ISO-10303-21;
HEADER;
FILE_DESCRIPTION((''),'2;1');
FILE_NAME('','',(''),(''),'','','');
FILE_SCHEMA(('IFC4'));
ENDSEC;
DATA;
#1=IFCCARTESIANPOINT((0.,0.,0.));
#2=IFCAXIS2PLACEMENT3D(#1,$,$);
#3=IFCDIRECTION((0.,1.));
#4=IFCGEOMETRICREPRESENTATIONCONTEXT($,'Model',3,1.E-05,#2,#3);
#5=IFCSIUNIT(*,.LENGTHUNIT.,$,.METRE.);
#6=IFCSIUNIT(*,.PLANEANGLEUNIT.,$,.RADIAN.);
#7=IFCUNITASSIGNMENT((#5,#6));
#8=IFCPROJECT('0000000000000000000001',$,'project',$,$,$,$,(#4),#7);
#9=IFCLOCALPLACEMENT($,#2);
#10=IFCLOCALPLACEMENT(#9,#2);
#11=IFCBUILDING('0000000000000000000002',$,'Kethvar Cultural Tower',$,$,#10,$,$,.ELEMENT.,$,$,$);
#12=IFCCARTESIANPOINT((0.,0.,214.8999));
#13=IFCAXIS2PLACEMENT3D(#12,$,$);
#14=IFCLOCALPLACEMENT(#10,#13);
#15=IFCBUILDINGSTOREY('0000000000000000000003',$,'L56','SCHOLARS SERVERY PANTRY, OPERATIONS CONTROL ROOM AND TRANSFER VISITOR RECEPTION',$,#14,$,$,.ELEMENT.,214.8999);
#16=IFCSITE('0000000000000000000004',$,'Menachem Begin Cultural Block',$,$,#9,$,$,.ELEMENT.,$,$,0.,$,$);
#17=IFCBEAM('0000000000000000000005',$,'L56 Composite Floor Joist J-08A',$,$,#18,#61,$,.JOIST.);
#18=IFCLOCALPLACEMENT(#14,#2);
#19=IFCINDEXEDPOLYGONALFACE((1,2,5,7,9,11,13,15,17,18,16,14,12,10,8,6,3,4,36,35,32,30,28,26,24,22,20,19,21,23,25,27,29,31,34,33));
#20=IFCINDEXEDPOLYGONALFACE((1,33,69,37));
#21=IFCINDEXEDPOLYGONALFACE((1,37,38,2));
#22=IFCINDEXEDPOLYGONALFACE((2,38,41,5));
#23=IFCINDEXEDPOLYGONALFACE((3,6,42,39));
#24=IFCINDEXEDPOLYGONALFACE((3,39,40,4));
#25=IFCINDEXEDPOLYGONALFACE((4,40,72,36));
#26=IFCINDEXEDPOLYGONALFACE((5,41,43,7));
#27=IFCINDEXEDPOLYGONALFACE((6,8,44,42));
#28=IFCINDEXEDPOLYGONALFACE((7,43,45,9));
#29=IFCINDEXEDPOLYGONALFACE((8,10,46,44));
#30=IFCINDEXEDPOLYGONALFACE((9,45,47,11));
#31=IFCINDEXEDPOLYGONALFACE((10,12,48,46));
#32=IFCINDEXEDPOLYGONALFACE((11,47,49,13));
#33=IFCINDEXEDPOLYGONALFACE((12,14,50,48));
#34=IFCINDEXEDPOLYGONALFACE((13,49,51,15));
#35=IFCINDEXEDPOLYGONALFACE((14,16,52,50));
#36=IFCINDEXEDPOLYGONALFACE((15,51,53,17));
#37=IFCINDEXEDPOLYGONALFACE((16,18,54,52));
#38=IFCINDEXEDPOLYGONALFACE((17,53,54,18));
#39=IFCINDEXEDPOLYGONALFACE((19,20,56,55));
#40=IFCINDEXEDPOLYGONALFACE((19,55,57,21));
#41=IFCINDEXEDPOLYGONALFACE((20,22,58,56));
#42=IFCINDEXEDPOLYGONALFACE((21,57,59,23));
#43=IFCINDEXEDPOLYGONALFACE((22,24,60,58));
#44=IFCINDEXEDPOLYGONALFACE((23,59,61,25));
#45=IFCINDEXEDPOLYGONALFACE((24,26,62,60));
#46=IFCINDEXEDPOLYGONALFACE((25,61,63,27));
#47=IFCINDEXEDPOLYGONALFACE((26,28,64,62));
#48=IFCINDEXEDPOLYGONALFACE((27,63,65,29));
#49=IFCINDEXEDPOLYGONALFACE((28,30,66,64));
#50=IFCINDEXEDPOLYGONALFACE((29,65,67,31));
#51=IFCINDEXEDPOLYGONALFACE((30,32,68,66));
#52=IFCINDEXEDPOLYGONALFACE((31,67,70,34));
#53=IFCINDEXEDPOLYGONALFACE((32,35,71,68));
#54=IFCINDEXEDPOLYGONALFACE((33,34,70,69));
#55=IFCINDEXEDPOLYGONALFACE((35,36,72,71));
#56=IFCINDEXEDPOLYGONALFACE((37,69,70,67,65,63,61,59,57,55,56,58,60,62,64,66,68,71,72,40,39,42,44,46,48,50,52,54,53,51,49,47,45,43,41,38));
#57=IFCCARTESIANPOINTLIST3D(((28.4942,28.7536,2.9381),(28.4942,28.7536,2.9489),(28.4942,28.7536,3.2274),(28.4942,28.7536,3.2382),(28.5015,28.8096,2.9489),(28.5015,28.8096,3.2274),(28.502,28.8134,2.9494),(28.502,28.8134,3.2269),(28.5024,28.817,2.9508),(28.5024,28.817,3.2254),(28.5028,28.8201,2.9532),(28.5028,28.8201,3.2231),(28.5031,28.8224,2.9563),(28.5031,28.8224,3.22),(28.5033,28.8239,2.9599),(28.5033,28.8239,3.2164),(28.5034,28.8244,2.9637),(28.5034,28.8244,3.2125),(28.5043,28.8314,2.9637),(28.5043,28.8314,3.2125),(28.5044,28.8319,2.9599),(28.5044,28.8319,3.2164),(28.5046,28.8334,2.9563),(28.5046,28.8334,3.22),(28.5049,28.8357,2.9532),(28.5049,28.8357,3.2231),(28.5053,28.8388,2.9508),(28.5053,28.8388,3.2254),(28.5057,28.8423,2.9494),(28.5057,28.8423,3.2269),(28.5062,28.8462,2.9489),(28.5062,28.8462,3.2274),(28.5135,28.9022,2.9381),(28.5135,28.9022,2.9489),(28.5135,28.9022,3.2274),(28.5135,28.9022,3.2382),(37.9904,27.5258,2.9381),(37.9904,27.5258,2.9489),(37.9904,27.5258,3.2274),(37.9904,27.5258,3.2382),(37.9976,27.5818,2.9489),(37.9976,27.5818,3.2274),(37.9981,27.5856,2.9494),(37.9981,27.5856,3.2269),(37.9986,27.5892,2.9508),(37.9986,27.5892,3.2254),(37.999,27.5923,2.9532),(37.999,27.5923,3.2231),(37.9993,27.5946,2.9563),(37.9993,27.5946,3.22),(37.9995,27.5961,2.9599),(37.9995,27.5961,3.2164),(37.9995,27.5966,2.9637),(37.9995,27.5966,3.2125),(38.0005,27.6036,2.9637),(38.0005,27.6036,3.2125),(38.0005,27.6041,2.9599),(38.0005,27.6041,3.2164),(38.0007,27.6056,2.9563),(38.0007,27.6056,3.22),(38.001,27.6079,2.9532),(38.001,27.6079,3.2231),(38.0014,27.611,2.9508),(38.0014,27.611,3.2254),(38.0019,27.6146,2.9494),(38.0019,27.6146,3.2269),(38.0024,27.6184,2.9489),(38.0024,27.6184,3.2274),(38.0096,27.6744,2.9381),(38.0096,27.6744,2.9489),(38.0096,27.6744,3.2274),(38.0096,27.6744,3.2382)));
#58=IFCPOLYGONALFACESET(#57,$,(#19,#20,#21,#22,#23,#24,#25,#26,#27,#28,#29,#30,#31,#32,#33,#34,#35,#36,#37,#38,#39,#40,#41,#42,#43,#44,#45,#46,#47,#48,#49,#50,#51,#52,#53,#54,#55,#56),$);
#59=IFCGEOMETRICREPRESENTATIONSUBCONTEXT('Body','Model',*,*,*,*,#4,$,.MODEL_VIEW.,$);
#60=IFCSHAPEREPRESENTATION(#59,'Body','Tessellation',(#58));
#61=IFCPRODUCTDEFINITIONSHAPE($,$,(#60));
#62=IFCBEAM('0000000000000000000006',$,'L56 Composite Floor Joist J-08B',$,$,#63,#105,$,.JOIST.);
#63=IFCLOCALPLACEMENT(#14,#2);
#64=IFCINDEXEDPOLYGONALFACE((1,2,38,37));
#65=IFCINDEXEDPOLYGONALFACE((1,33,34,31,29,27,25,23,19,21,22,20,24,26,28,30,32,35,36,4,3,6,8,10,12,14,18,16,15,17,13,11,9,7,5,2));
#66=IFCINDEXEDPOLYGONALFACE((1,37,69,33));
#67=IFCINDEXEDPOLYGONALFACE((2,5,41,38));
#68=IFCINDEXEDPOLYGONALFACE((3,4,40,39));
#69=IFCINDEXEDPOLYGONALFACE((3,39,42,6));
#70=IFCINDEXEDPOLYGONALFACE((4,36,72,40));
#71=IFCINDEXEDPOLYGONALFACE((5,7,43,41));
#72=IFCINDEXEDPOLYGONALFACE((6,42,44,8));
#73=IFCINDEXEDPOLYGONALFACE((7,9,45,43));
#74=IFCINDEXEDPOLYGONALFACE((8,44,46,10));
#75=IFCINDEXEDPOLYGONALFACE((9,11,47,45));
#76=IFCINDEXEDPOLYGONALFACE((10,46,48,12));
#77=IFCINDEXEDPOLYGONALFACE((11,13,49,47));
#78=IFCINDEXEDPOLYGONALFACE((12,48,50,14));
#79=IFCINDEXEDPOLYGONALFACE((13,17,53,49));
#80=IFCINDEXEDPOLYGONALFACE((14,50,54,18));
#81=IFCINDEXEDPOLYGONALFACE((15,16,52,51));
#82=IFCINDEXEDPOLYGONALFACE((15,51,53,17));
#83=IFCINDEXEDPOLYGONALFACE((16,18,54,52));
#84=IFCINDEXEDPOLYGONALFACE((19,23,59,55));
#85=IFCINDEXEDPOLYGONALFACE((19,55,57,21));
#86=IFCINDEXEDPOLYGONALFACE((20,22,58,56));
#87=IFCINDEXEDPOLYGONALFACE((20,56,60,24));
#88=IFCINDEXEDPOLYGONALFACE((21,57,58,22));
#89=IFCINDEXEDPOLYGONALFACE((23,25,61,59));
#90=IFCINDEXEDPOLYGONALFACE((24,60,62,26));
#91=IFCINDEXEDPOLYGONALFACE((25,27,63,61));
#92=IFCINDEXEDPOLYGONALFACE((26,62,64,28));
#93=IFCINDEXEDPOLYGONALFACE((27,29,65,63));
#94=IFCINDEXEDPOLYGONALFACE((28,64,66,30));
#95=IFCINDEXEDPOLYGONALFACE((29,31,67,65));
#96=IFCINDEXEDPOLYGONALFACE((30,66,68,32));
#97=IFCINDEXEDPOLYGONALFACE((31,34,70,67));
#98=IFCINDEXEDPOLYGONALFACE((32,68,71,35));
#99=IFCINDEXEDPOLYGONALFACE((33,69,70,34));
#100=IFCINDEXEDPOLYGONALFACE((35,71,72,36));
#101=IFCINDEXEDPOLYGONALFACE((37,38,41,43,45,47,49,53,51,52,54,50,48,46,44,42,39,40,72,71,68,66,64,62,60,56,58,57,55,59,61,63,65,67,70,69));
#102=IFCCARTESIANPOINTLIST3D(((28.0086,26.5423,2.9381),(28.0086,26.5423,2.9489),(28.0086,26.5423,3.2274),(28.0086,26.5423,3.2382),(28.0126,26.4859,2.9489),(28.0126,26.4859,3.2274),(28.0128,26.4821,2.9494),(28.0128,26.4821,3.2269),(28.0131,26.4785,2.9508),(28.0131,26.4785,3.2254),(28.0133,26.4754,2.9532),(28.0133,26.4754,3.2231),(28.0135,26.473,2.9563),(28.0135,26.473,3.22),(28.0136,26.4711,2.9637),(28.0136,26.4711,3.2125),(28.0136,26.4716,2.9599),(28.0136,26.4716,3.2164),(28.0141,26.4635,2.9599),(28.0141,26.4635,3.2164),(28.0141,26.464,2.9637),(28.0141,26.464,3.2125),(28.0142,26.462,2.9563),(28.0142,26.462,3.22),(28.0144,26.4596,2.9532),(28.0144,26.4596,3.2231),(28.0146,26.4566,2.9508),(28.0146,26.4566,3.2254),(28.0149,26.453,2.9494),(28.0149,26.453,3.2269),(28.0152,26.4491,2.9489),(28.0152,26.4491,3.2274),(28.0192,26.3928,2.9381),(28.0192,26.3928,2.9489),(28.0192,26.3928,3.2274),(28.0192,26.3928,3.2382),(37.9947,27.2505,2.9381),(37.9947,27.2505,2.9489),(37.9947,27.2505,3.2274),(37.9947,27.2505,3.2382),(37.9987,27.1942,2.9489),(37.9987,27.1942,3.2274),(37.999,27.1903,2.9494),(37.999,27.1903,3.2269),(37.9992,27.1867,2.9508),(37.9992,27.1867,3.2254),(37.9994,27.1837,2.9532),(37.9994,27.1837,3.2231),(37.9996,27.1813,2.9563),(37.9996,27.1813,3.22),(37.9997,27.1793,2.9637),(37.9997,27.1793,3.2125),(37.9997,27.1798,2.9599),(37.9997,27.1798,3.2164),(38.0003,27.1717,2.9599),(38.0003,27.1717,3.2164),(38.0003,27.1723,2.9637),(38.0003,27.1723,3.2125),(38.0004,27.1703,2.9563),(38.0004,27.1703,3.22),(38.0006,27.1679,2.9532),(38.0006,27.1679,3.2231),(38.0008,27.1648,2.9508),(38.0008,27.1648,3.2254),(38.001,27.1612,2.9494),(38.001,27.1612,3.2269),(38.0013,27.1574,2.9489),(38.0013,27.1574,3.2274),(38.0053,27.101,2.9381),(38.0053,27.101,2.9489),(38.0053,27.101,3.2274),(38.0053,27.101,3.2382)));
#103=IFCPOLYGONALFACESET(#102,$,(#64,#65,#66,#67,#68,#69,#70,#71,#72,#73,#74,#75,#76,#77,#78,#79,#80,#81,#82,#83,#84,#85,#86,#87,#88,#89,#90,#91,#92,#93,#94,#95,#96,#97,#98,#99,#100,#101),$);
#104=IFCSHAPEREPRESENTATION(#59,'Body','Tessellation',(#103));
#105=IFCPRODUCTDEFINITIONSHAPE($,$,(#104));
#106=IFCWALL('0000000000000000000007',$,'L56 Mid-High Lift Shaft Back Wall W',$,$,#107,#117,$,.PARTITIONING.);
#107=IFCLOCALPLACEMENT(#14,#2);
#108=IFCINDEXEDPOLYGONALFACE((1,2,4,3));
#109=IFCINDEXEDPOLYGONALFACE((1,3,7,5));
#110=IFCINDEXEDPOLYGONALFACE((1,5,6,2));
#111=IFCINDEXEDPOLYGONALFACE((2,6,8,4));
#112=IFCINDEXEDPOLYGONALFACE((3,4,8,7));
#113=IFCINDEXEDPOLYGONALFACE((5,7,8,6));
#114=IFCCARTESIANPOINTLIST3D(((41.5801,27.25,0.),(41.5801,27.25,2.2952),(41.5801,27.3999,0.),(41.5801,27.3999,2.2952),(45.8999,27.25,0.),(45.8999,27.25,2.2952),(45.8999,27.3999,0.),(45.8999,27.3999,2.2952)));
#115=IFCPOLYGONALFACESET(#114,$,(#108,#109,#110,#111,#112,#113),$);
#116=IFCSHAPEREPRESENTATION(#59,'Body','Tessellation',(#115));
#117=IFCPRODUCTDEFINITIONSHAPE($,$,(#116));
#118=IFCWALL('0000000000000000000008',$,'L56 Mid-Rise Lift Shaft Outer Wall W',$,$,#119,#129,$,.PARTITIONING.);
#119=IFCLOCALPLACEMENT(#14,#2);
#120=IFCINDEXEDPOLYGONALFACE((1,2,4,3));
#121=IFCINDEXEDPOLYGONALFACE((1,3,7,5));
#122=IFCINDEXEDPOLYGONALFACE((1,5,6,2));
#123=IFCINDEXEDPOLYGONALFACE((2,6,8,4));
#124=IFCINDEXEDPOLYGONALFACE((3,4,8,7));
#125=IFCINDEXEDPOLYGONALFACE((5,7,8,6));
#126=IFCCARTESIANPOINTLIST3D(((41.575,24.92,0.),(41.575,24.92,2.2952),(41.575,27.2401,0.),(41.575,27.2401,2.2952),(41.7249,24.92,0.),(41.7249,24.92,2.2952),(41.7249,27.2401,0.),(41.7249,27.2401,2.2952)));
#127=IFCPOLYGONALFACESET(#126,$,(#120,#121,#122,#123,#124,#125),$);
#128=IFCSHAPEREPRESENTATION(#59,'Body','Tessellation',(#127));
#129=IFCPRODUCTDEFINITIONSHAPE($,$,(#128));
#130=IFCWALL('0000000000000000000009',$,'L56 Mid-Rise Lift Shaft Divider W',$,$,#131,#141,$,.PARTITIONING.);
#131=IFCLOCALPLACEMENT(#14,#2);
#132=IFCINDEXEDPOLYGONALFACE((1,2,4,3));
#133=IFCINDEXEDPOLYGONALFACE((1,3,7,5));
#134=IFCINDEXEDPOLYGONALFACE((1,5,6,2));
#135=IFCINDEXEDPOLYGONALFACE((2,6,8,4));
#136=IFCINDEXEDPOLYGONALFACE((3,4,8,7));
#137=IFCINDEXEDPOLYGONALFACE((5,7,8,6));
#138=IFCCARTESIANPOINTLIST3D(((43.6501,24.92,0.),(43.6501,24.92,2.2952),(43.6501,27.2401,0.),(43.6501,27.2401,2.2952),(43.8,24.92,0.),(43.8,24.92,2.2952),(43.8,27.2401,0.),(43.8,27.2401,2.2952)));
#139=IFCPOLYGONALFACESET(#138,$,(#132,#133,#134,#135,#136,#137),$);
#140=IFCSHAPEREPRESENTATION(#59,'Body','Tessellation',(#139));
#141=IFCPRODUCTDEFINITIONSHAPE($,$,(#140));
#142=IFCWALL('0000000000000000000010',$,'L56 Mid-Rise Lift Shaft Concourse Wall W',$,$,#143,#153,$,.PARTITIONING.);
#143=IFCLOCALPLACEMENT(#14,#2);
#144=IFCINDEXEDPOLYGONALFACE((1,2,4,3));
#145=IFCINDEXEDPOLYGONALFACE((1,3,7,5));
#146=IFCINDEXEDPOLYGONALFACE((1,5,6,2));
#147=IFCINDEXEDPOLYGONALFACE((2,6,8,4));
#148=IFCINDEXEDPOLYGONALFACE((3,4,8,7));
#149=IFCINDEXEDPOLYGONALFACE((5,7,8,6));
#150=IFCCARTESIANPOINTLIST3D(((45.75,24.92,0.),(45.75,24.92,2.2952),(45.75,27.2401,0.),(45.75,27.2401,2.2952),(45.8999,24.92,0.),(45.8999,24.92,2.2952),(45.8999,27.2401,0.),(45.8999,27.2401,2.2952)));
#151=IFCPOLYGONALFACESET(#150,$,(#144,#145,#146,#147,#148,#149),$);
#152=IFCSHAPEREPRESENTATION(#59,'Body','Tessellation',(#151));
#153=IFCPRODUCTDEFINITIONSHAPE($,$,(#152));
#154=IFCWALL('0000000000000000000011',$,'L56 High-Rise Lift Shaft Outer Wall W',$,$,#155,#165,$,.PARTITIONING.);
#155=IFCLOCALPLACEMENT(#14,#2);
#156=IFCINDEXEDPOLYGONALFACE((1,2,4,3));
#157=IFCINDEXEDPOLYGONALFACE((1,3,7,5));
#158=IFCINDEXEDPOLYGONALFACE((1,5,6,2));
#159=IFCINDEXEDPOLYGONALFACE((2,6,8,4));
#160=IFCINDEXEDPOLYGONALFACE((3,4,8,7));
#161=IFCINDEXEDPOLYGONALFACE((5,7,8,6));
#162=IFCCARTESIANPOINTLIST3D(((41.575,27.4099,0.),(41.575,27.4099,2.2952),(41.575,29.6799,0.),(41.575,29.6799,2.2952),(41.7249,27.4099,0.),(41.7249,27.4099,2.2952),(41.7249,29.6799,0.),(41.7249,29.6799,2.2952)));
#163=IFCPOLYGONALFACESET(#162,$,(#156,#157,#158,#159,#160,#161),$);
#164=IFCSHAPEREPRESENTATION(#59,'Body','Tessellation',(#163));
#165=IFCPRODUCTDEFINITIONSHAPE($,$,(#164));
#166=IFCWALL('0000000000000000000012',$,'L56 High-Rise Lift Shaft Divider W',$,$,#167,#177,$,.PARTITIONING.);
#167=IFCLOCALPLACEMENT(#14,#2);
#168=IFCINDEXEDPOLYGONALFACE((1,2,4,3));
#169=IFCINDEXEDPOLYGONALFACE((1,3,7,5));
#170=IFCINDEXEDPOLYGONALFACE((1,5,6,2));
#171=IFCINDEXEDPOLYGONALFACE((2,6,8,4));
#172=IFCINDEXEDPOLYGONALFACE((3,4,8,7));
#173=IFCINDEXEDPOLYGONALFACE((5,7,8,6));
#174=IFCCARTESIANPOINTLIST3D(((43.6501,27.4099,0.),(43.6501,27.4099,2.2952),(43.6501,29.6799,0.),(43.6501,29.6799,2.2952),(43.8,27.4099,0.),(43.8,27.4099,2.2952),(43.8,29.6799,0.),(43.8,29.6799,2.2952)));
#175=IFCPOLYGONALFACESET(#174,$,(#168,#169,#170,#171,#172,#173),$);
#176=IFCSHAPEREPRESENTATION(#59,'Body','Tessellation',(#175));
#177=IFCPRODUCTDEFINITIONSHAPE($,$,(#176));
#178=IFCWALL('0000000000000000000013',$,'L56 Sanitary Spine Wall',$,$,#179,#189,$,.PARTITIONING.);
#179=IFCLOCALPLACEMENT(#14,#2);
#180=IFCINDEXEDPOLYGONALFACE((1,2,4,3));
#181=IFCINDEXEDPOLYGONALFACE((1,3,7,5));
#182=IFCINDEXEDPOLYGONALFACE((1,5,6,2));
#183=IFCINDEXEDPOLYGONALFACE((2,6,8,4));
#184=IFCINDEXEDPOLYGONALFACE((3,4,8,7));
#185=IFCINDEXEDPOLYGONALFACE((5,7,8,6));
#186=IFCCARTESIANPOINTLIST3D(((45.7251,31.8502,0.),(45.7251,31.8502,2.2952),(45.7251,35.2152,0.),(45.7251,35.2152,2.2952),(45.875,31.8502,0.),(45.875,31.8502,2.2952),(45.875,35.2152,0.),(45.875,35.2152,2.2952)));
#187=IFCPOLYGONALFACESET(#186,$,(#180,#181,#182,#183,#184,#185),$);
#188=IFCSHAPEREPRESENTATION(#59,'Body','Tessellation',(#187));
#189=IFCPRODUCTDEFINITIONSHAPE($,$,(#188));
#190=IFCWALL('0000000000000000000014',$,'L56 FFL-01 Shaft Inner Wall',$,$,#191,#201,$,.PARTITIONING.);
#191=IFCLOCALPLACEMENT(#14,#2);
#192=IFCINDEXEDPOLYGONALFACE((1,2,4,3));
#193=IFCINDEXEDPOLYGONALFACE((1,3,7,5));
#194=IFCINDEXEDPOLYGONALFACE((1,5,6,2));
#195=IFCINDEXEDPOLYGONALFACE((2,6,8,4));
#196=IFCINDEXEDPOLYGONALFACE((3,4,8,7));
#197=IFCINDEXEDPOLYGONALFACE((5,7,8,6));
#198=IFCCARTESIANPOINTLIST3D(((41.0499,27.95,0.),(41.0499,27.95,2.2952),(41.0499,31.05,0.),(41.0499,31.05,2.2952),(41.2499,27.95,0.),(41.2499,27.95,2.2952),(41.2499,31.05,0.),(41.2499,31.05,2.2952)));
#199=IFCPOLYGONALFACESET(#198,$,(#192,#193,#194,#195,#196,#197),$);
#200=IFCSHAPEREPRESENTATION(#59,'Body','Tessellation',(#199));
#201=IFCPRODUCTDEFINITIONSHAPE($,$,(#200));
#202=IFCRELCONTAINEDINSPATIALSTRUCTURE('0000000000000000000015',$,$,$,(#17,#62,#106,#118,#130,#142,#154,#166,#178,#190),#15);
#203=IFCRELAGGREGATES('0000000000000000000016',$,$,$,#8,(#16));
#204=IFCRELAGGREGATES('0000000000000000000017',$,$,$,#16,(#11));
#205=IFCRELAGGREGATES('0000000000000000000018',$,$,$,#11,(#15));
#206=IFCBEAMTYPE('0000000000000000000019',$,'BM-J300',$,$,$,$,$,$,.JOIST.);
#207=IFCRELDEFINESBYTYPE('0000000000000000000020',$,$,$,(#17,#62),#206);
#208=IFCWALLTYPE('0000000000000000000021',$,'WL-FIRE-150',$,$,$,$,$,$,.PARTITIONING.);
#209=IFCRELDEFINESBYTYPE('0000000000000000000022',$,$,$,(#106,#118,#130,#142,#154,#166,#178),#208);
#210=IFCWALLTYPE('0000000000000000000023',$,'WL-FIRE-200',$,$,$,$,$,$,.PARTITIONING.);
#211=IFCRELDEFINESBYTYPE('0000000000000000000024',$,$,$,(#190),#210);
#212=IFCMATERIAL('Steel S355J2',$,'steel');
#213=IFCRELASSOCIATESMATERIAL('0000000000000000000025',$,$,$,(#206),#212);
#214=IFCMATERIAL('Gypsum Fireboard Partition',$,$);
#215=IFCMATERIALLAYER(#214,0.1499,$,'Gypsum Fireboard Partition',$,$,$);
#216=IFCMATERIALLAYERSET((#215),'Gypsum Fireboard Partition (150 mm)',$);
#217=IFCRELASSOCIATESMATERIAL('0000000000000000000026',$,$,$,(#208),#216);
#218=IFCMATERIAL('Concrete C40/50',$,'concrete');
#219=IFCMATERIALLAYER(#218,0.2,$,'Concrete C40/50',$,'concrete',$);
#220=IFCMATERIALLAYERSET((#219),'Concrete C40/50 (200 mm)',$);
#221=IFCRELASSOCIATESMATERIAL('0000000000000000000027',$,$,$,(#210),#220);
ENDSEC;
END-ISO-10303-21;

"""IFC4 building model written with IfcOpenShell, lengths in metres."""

from ifc_helpers import new_model, si_unit, direction, frame, frame_2d, origin, origin_2d, place, context, subcontext, project, spatial, rectangle, i_section, extrude, source, transform, mapped, material, layer, layer_set, material_profile, profile_set, type_object, element, save


model = new_model("IFC4")

# Units and contexts
model_context = context("Model", 3, precision=1e-05, world=origin(), true_north=direction((0.0, 1.0)))
body_context = subcontext(model_context, "Body", "Model", "MODEL_VIEW")
ifc_project = project(units=[si_unit("LENGTHUNIT", "METRE"), si_unit("PLANEANGLEUNIT", "RADIAN")], contexts=[model_context])

# Site, building, storey
site_placement = place(None, origin())
site = spatial("IfcSite", under=ifc_project, at=site_placement, Name="Menachem Begin Cultural Block", CompositionType="ELEMENT", RefElevation=0.0)
building_placement = place(site_placement, origin())
building = spatial("IfcBuilding", under=site, at=building_placement, Name="Kethvar Cultural Tower", CompositionType="ELEMENT")
storey_placement = place(building_placement, frame((0.0, 0.0, 214.8999)))
storey = spatial("IfcBuildingStorey", under=building, at=storey_placement, Name="L56", Description="SCHOLARS SERVERY PANTRY, OPERATIONS CONTROL ROOM AND TRANSFER VISITOR RECEPTION", CompositionType="ELEMENT", Elevation=214.8999)

# Beams
ifc_material_1 = material(Name="Steel S355J2", Category="steel")
ifc_material_profile_1 = material_profile(ifc_material_1, i_section(OverallWidth=0.1499, OverallDepth=0.3, WebThickness=0.0071, FlangeThickness=0.0107, FilletRadius=0.0149, at=origin_2d()), Name="Steel S355J2 — IPE300")
ifc_profile_set_1 = profile_set([ifc_material_profile_1], Name="Steel S355J2 — IPE300")
beam_type_1 = type_object("IfcBeamType", Name="BM-J300", PredefinedType="JOIST", material=ifc_profile_set_1)
shared_shape_1 = source(origin(), body_context, "Body", "SweptSolid", [
    extrude(i_section(OverallWidth=0.1499, OverallDepth=0.3, WebThickness=0.0071, FlangeThickness=0.0107, FilletRadius=0.0149, at=origin_2d()), origin(), (0.0, 0.0, 1.0), 9.5752),
])
beam_1_placement = place(storey_placement, frame((38.0, 27.6001, 3.0881), z_axis=(-0.991745, 0.128226, 0.0), x_axis=(-0.128226, -0.991745, 0.0)))
element("IfcBeam", 1, at=beam_1_placement, inside=storey, type_object=beam_type_1, Name="L56 Composite Floor Joist J-08A", PredefinedType="JOIST", context=body_context, shape_type="MappedRepresentation", body=[
    mapped(shared_shape_1, transform((0.0, 0.0, 0.0), scale=1.0)),
])
shared_shape_2 = source(origin(), body_context, "Body", "SweptSolid", [
    extrude(i_section(OverallWidth=0.1499, OverallDepth=0.3, WebThickness=0.0071, FlangeThickness=0.0107, FilletRadius=0.0149, at=origin_2d()), origin(), (0.0, 0.0, 1.0), 10.0112),
])
beam_2_placement = place(storey_placement, frame((38.0, 27.1758, 3.0881), z_axis=(-0.997494, -0.070746, 0.0), x_axis=(0.070746, -0.997494, 0.0)))
element("IfcBeam", 2, at=beam_2_placement, inside=storey, type_object=beam_type_1, Name="L56 Composite Floor Joist J-08B", PredefinedType="JOIST", context=body_context, shape_type="MappedRepresentation", body=[
    mapped(shared_shape_2, transform((0.0, 0.0, 0.0), scale=1.0)),
])

# Walls
ifc_material_2 = material(Name="Gypsum Fireboard Partition")
ifc_layer_1 = layer(ifc_material_2, 0.1499, Name="Gypsum Fireboard Partition")
ifc_layer_set_1 = layer_set([ifc_layer_1], Name="Gypsum Fireboard Partition (150 mm)")
wall_type_1 = type_object("IfcWallType", Name="WL-FIRE-150", PredefinedType="PARTITIONING", material=ifc_layer_set_1)
wall_1_placement = place(storey_placement, frame((41.5801, 27.325, 0.0), z_axis=(0.0, 0.0, 1.0), x_axis=(1.0, 0.0, 0.0)))
element("IfcWall", 3, at=wall_1_placement, inside=storey, type_object=wall_type_1, Name="L56 Mid-High Lift Shaft Back Wall W", PredefinedType="PARTITIONING", context=body_context, shape_type="SweptSolid", body=[
    extrude(rectangle(XDim=4.3198, YDim=0.1499, at=frame_2d((2.1599, 0.0))), origin(), (0.0, 0.0, 1.0), 2.2952),
])
for number, where, z_axis, x_axis, name in (
    (4, (41.6499, 24.9199, 0.0), (0.0, 0.0, 1.0), (0.0, 1.0, 0.0), "L56 Mid-Rise Lift Shaft Outer Wall W"),
    (5, (43.7251, 24.9199, 0.0), (0.0, 0.0, 1.0), (0.0, 1.0, 0.0), "L56 Mid-Rise Lift Shaft Divider W"),
    (6, (45.825, 24.9199, 0.0), (0.0, 0.0, 1.0), (0.0, 1.0, 0.0), "L56 Mid-Rise Lift Shaft Concourse Wall W"),
):
    element("IfcWall", number, at=place(storey_placement, frame(where, z_axis=z_axis, x_axis=x_axis)), inside=storey, type_object=wall_type_1, Name=name, PredefinedType="PARTITIONING", context=body_context, shape_type="SweptSolid", body=[
        extrude(rectangle(XDim=2.3201, YDim=0.1499, at=frame_2d((1.1602, 0.0))), origin(), (0.0, 0.0, 1.0), 2.2952),
    ])
for number, where, z_axis, x_axis, name in (
    (7, (41.6499, 27.4099, 0.0), (0.0, 0.0, 1.0), (0.0, 1.0, 0.0), "L56 High-Rise Lift Shaft Outer Wall W"),
    (8, (43.7251, 27.4099, 0.0), (0.0, 0.0, 1.0), (0.0, 1.0, 0.0), "L56 High-Rise Lift Shaft Divider W"),
):
    element("IfcWall", number, at=place(storey_placement, frame(where, z_axis=z_axis, x_axis=x_axis)), inside=storey, type_object=wall_type_1, Name=name, PredefinedType="PARTITIONING", context=body_context, shape_type="SweptSolid", body=[
        extrude(rectangle(XDim=2.27, YDim=0.1499, at=frame_2d((1.135, 0.0))), origin(), (0.0, 0.0, 1.0), 2.2952),
    ])
wall_2_placement = place(storey_placement, frame((45.8, 31.8501, 0.0), z_axis=(0.0, 0.0, 1.0), x_axis=(0.0, 1.0, 0.0)))
element("IfcWall", 9, at=wall_2_placement, inside=storey, type_object=wall_type_1, Name="L56 Sanitary Spine Wall", PredefinedType="PARTITIONING", context=body_context, shape_type="SweptSolid", body=[
    extrude(rectangle(XDim=3.365, YDim=0.1499, at=frame_2d((1.6826, 0.0))), origin(), (0.0, 0.0, 1.0), 2.2952),
])
ifc_material_3 = material(Name="Concrete C40/50", Category="concrete")
ifc_layer_2 = layer(ifc_material_3, 0.2, Name="Concrete C40/50", Category="concrete")
ifc_layer_set_2 = layer_set([ifc_layer_2], Name="Concrete C40/50 (200 mm)")
wall_type_2 = type_object("IfcWallType", Name="WL-FIRE-200", PredefinedType="PARTITIONING", material=ifc_layer_set_2)
wall_3_placement = place(storey_placement, frame((41.1499, 27.95, 0.0), z_axis=(0.0, 0.0, 1.0), x_axis=(0.0, 1.0, 0.0)))
element("IfcWall", 10, at=wall_3_placement, inside=storey, type_object=wall_type_2, Name="L56 FFL-01 Shaft Inner Wall", PredefinedType="PARTITIONING", context=body_context, shape_type="SweptSolid", body=[
    extrude(rectangle(XDim=3.1001, YDim=0.2, at=frame_2d((1.55, 0.0))), origin(), (0.0, 0.0, 1.0), 2.2952),
])

save(model, "model.ifc")
